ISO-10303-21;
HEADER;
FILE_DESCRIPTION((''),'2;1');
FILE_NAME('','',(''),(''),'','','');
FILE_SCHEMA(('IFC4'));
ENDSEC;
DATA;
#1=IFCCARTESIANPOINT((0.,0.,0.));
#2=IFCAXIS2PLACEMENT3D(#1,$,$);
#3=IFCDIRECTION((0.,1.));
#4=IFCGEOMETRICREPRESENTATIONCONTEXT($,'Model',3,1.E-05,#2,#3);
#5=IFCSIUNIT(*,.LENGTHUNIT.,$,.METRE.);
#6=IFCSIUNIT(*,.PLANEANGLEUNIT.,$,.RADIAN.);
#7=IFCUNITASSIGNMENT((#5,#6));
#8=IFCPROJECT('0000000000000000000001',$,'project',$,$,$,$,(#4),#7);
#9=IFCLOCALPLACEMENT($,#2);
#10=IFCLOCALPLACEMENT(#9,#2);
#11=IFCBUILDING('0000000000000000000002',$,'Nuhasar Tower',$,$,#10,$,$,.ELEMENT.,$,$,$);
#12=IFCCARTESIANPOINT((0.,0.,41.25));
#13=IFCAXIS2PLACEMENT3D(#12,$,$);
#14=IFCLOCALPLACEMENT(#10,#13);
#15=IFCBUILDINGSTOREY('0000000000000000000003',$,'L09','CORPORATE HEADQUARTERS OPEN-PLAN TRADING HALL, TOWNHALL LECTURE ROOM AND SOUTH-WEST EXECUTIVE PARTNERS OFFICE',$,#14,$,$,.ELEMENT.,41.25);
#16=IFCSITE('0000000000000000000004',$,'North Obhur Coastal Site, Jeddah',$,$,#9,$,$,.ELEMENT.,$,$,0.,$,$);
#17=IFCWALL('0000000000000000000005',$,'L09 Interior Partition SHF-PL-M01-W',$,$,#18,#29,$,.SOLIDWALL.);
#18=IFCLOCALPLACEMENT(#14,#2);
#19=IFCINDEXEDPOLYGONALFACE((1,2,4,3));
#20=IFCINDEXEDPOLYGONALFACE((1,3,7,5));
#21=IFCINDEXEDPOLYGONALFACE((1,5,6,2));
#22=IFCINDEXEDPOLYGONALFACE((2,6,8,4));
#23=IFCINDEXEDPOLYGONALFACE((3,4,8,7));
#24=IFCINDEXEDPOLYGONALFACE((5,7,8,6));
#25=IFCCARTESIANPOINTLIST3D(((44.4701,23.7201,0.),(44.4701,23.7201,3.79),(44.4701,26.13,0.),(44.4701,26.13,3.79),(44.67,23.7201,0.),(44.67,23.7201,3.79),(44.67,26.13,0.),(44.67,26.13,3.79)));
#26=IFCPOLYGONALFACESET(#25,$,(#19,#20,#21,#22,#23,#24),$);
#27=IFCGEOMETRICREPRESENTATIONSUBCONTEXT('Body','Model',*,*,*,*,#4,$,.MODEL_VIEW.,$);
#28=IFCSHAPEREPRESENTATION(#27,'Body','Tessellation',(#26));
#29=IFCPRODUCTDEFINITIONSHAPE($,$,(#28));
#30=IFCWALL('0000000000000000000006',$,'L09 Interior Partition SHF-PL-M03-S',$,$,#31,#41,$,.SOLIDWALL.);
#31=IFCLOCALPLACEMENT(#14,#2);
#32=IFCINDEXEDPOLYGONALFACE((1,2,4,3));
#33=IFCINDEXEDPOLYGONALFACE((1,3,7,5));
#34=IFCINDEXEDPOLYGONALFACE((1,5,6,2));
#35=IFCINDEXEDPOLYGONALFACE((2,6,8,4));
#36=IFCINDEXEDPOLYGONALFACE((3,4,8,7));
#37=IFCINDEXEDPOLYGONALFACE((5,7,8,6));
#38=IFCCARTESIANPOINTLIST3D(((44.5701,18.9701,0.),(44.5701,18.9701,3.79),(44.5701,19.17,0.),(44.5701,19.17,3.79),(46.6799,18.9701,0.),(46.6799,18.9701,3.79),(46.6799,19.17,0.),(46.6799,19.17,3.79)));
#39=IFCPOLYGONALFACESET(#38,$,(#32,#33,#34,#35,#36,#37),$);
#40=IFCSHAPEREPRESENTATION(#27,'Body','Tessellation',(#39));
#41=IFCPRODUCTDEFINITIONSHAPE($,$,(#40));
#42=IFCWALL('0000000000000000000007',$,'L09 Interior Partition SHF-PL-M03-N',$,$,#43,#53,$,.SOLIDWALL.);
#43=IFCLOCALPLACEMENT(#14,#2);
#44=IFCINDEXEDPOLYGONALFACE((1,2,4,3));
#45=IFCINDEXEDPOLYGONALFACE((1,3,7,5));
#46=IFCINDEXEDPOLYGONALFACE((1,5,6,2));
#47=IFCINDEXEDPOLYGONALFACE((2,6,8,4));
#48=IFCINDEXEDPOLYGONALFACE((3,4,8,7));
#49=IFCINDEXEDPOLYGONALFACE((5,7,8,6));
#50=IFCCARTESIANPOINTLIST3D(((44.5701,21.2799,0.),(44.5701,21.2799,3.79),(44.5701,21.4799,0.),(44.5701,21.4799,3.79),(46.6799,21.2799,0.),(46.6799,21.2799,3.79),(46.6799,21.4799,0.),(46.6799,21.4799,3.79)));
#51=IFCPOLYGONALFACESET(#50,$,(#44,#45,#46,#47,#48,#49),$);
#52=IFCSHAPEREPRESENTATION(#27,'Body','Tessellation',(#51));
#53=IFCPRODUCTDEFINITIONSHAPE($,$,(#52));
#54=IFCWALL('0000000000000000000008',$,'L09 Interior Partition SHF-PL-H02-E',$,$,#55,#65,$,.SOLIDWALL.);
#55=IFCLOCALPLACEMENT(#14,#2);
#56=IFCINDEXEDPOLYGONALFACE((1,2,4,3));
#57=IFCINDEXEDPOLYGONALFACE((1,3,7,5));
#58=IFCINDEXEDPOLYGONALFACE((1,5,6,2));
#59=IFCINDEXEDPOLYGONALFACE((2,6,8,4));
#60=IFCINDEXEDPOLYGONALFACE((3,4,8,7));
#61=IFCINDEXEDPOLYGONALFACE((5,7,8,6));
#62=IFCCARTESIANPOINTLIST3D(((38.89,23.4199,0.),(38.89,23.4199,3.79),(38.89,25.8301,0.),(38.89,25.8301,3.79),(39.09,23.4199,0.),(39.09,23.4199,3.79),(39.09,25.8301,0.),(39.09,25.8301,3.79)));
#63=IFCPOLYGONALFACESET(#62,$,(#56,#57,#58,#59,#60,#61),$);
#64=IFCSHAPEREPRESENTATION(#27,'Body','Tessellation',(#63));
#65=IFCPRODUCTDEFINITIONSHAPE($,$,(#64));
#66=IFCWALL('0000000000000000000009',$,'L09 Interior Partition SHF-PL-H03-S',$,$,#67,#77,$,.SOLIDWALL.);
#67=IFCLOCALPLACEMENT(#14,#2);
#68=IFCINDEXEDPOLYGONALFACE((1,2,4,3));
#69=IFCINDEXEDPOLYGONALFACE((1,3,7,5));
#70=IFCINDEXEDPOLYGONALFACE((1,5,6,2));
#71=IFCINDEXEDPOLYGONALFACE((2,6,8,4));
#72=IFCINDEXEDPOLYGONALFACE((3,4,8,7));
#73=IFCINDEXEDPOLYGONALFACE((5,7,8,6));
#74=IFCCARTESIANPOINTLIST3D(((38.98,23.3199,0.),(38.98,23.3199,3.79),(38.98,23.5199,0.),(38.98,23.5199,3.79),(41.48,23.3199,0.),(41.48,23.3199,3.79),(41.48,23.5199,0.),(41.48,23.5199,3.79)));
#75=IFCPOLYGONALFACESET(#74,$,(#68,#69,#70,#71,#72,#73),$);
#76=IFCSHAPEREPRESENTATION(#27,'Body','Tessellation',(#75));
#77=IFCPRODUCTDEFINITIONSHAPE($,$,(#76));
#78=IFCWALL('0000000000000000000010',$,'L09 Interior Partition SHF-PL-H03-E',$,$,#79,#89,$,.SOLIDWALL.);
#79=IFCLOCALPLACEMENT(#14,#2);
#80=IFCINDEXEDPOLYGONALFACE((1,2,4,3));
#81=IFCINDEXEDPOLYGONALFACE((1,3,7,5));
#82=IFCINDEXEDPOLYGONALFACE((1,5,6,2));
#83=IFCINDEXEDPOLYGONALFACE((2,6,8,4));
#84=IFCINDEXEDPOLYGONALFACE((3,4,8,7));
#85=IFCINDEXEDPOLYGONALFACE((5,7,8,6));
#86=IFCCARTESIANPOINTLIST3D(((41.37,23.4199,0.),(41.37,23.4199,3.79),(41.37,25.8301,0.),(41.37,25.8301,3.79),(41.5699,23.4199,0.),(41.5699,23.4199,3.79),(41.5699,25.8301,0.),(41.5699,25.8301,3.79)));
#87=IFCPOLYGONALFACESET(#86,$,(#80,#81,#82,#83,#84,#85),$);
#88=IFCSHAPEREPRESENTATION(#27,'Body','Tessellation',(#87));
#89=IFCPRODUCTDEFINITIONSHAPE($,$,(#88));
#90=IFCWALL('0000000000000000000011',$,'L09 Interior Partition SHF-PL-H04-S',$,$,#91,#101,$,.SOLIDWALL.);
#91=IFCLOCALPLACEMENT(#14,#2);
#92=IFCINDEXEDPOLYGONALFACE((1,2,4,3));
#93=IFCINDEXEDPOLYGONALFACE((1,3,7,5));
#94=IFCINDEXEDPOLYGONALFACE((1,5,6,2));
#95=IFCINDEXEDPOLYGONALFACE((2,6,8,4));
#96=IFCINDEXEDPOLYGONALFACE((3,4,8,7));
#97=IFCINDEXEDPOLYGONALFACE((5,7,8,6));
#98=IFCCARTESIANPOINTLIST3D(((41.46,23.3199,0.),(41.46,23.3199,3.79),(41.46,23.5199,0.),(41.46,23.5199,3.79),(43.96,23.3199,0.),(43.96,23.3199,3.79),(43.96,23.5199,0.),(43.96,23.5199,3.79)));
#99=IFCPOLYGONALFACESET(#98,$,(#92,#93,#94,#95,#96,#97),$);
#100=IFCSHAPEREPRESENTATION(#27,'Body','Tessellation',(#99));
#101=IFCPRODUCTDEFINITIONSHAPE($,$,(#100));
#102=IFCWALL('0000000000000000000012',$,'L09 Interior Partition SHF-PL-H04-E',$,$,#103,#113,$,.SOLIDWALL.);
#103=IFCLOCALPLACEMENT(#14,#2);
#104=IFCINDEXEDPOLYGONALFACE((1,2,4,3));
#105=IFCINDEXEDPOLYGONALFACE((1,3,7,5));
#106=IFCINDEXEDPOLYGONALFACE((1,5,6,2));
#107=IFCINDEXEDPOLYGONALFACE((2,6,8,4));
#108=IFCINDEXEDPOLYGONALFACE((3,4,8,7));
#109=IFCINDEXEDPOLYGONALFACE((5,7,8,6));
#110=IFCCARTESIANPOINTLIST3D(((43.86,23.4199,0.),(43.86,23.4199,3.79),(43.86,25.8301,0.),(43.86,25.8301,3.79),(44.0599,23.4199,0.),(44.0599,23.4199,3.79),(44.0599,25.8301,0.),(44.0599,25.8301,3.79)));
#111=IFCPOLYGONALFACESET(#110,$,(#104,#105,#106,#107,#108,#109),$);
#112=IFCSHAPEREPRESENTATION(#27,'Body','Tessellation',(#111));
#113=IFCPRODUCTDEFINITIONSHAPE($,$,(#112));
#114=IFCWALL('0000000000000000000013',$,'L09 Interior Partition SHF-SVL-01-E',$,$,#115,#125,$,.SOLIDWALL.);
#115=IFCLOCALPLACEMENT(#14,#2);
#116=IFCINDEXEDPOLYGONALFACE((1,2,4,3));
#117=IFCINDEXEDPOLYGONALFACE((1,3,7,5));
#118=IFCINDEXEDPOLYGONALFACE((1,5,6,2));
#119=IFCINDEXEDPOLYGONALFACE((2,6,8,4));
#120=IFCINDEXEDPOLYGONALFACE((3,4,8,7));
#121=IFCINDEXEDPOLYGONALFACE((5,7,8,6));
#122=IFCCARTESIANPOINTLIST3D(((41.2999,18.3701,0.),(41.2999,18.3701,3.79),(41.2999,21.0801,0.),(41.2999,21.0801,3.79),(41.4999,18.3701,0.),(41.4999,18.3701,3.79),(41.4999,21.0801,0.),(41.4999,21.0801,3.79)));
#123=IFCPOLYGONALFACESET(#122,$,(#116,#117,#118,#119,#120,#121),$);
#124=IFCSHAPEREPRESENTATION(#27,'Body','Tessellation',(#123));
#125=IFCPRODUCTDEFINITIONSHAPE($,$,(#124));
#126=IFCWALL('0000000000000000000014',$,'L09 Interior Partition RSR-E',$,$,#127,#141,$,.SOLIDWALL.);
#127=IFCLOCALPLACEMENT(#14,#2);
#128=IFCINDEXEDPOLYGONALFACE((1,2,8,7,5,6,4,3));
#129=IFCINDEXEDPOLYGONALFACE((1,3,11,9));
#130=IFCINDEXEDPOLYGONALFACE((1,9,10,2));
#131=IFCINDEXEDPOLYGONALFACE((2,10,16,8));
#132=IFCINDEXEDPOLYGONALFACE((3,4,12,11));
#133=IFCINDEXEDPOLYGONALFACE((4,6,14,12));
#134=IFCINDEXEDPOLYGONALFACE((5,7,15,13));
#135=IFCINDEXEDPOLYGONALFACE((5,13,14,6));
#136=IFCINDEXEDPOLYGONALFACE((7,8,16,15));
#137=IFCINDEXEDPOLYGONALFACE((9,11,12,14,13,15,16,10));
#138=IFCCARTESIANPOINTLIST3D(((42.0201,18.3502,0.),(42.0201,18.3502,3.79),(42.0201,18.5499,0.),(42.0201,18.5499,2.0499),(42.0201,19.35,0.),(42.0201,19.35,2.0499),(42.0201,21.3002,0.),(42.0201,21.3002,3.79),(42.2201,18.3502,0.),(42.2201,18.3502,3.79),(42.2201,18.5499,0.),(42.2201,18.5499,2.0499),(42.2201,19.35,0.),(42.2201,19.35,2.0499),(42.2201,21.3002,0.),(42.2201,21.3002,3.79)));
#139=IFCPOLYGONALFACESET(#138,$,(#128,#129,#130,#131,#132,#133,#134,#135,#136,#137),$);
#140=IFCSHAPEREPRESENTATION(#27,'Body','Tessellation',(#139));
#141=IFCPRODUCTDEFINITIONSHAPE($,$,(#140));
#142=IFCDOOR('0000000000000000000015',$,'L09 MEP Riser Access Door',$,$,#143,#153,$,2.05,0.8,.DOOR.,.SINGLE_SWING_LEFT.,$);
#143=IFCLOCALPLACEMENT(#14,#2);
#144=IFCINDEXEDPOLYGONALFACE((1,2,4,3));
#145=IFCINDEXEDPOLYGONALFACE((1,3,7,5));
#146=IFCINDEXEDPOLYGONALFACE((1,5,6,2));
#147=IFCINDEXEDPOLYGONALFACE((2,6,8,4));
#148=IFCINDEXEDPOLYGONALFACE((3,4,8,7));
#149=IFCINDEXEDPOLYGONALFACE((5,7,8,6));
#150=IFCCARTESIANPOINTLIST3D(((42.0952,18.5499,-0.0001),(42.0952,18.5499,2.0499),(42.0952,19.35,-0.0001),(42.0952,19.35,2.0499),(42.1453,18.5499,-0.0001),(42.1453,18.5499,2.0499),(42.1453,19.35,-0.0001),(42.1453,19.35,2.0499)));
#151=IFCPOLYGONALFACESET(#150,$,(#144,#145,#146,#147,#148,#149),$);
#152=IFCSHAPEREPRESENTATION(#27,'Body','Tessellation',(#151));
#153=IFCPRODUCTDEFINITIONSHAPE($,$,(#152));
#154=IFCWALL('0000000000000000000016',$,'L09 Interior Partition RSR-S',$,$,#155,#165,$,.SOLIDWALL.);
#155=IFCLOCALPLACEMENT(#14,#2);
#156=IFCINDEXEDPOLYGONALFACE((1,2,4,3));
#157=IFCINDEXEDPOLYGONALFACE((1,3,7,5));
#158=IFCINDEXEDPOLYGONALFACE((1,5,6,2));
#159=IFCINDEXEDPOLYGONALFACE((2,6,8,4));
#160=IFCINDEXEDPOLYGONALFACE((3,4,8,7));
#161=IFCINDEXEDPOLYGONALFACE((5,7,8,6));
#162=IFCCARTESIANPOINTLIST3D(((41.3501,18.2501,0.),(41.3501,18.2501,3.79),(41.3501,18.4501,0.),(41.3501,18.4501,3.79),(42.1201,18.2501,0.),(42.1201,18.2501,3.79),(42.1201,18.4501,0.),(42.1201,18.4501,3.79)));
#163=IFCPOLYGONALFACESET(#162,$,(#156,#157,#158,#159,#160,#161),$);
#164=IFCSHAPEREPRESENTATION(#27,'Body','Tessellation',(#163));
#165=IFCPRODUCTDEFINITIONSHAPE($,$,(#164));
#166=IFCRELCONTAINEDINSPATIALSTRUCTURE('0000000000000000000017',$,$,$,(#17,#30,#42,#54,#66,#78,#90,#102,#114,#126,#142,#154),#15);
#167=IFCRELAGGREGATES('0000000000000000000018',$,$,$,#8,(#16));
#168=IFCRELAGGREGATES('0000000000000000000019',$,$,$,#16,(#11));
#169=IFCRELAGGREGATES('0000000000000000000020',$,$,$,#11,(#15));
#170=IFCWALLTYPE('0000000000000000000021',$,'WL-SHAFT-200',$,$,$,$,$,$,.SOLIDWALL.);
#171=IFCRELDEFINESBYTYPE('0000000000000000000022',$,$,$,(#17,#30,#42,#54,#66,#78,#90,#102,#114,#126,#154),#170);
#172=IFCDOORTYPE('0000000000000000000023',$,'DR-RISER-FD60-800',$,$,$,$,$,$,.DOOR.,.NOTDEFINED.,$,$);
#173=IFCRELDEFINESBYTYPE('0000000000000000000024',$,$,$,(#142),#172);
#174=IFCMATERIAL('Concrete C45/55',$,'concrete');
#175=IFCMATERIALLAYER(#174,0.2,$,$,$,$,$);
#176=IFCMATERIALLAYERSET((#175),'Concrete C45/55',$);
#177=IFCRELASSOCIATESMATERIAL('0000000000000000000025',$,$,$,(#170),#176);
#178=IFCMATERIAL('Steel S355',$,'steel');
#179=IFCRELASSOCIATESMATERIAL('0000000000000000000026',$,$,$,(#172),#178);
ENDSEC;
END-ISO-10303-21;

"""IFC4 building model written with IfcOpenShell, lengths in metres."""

from ifc_helpers import new_model, si_unit, direction, frame, frame_2d, origin, place, context, subcontext, project, spatial, rectangle, extrude, material, layer, layer_set, type_object, element, fill, save


model = new_model("IFC4")

# Units and contexts
model_context = context("Model", 3, precision=1e-05, world=origin(), true_north=direction((0.0, 1.0)))
body_context = subcontext(model_context, "Body", "Model", "MODEL_VIEW")
ifc_project = project(units=[si_unit("LENGTHUNIT", "METRE"), si_unit("PLANEANGLEUNIT", "RADIAN")], contexts=[model_context])

# Site, building, storey
site_placement = place(None, origin())
site = spatial("IfcSite", under=ifc_project, at=site_placement, Name="North Obhur Coastal Site, Jeddah", CompositionType="ELEMENT", RefElevation=0.0)
building_placement = place(site_placement, origin())
building = spatial("IfcBuilding", under=site, at=building_placement, Name="Nuhasar Tower", CompositionType="ELEMENT")
storey_placement = place(building_placement, frame((0.0, 0.0, 41.25)))
storey = spatial("IfcBuildingStorey", under=building, at=storey_placement, Name="L09", Description="CORPORATE HEADQUARTERS OPEN-PLAN TRADING HALL, TOWNHALL LECTURE ROOM AND SOUTH-WEST EXECUTIVE PARTNERS OFFICE", CompositionType="ELEMENT", Elevation=41.25)

# Shared definitions
ifc_material_1 = material(Name="Steel S355", Category="steel")

# Shared definitions
ifc_material_2 = material(Name="Concrete C45/55", Category="concrete")

# Walls
ifc_layer_1 = layer(ifc_material_2, 0.2)
ifc_layer_set_1 = layer_set([ifc_layer_1], Name="Concrete C45/55")
wall_type_1 = type_object("IfcWallType", Name="WL-SHAFT-200", PredefinedType="SOLIDWALL", material=ifc_layer_set_1)
wall_1_placement = place(storey_placement, frame((44.5701, 23.72, 0.0), z_axis=(0.0, 0.0, 1.0), x_axis=(0.0, 1.0, 0.0)))
element("IfcWall", 1, at=wall_1_placement, inside=storey, type_object=wall_type_1, Name="L09 Interior Partition SHF-PL-M01-W", PredefinedType="SOLIDWALL", context=body_context, shape_type="SweptSolid", body=[
    extrude(rectangle(XDim=2.4099, YDim=0.2, at=frame_2d((1.2051, 0.0))), origin(), (0.0, 0.0, 1.0), 3.79),
])
for number, where, z_axis, x_axis, name in (
    (2, (44.5701, 19.0701, 0.0), (0.0, 0.0, 1.0), (1.0, 0.0, 0.0), "L09 Interior Partition SHF-PL-M03-S"),
    (3, (44.5701, 21.3799, 0.0), (0.0, 0.0, 1.0), (1.0, 0.0, 0.0), "L09 Interior Partition SHF-PL-M03-N"),
):
    element("IfcWall", number, at=place(storey_placement, frame(where, z_axis=z_axis, x_axis=x_axis)), inside=storey, type_object=wall_type_1, Name=name, PredefinedType="SOLIDWALL", context=body_context, shape_type="SweptSolid", body=[
        extrude(rectangle(XDim=2.1099, YDim=0.2, at=frame_2d((1.0549, 0.0))), origin(), (0.0, 0.0, 1.0), 3.79),
    ])
wall_2_placement = place(storey_placement, frame((38.99, 23.4199, 0.0), z_axis=(0.0, 0.0, 1.0), x_axis=(0.0, 1.0, 0.0)))
element("IfcWall", 4, at=wall_2_placement, inside=storey, type_object=wall_type_1, Name="L09 Interior Partition SHF-PL-H02-E", PredefinedType="SOLIDWALL", context=body_context, shape_type="SweptSolid", body=[
    extrude(rectangle(XDim=2.4102, YDim=0.2, at=frame_2d((1.2051, 0.0))), origin(), (0.0, 0.0, 1.0), 3.79),
])
wall_3_placement = place(storey_placement, frame((38.98, 23.4199, 0.0), z_axis=(0.0, 0.0, 1.0), x_axis=(1.0, 0.0, 0.0)))
element("IfcWall", 5, at=wall_3_placement, inside=storey, type_object=wall_type_1, Name="L09 Interior Partition SHF-PL-H03-S", PredefinedType="SOLIDWALL", context=body_context, shape_type="SweptSolid", body=[
    extrude(rectangle(XDim=2.5, YDim=0.2, at=frame_2d((1.25, 0.0))), origin(), (0.0, 0.0, 1.0), 3.79),
])
wall_4_placement = place(storey_placement, frame((41.47, 23.4199, 0.0), z_axis=(0.0, 0.0, 1.0), x_axis=(0.0, 1.0, 0.0)))
element("IfcWall", 6, at=wall_4_placement, inside=storey, type_object=wall_type_1, Name="L09 Interior Partition SHF-PL-H03-E", PredefinedType="SOLIDWALL", context=body_context, shape_type="SweptSolid", body=[
    extrude(rectangle(XDim=2.4102, YDim=0.2, at=frame_2d((1.2051, 0.0))), origin(), (0.0, 0.0, 1.0), 3.79),
])
wall_5_placement = place(storey_placement, frame((41.46, 23.4199, 0.0), z_axis=(0.0, 0.0, 1.0), x_axis=(1.0, 0.0, 0.0)))
element("IfcWall", 7, at=wall_5_placement, inside=storey, type_object=wall_type_1, Name="L09 Interior Partition SHF-PL-H04-S", PredefinedType="SOLIDWALL", context=body_context, shape_type="SweptSolid", body=[
    extrude(rectangle(XDim=2.5, YDim=0.2, at=frame_2d((1.25, 0.0))), origin(), (0.0, 0.0, 1.0), 3.79),
])
wall_6_placement = place(storey_placement, frame((43.96, 23.4199, 0.0), z_axis=(0.0, 0.0, 1.0), x_axis=(0.0, 1.0, 0.0)))
element("IfcWall", 8, at=wall_6_placement, inside=storey, type_object=wall_type_1, Name="L09 Interior Partition SHF-PL-H04-E", PredefinedType="SOLIDWALL", context=body_context, shape_type="SweptSolid", body=[
    extrude(rectangle(XDim=2.4102, YDim=0.2, at=frame_2d((1.2051, 0.0))), origin(), (0.0, 0.0, 1.0), 3.79),
])
wall_7_placement = place(storey_placement, frame((41.3999, 18.3701, 0.0), z_axis=(0.0, 0.0, 1.0), x_axis=(0.0, 1.0, 0.0)))
element("IfcWall", 9, at=wall_7_placement, inside=storey, type_object=wall_type_1, Name="L09 Interior Partition SHF-SVL-01-E", PredefinedType="SOLIDWALL", context=body_context, shape_type="SweptSolid", body=[
    extrude(rectangle(XDim=2.71, YDim=0.2, at=frame_2d((1.355, 0.0))), origin(), (0.0, 0.0, 1.0), 3.79),
])

# Wall, opening, door
wall_8_placement = place(storey_placement, frame((42.1201, 18.3501, 0.0), z_axis=(0.0, 0.0, 1.0), x_axis=(0.0, 1.0, 0.0)))
wall_8 = element("IfcWall", 10, at=wall_8_placement, inside=storey, type_object=wall_type_1, Name="L09 Interior Partition RSR-E", PredefinedType="SOLIDWALL", context=body_context, shape_type="SweptSolid", body=[
    extrude(rectangle(XDim=2.95, YDim=0.2, at=frame_2d((1.4751, 0.0))), origin(), (0.0, 0.0, 1.0), 3.79),
])
opening_1_placement = place(wall_8_placement, frame((0.2, 0.0, 0.0)))
opening_1 = element("IfcOpeningElement", 11, at=opening_1_placement, cuts=wall_8, PredefinedType="OPENING", context=body_context, shape_type="SweptSolid", body=[
    extrude(rectangle(XDim=0.8, YDim=2.05, at=frame_2d((0.3999, 1.0249))), frame((0.0, 0.1099, 0.0), z_axis=(0.0, -1.0, 0.0), x_axis=(1.0, 0.0, 0.0)), (0.0, 0.0, 1.0), 0.22),
])
door_type_1 = type_object("IfcDoorType", Name="DR-RISER-FD60-800", OperationType="NOTDEFINED", PredefinedType="DOOR", material=ifc_material_1)
door_1_placement = place(opening_1_placement, origin())
door_1 = element("IfcDoor", 12, at=door_1_placement, inside=storey, type_object=door_type_1, Name="L09 MEP Riser Access Door", OperationType="SINGLE_SWING_LEFT", OverallHeight=2.05, OverallWidth=0.8, PredefinedType="DOOR", context=body_context, shape_type="SweptSolid", body=[
    extrude(rectangle(XDim=0.8, YDim=2.05, at=frame_2d((0.3999, 1.0249))), frame((0.0, 0.0249, 0.0), z_axis=(0.0, -1.0, 0.0), x_axis=(1.0, 0.0, 0.0)), (0.0, 0.0, 1.0), 0.05),
])
fill(opening_1, door_1)

# Wall
wall_9_placement = place(storey_placement, frame((41.3501, 18.3501, 0.0), z_axis=(0.0, 0.0, 1.0), x_axis=(1.0, 0.0, 0.0)))
element("IfcWall", 13, at=wall_9_placement, inside=storey, type_object=wall_type_1, Name="L09 Interior Partition RSR-S", PredefinedType="SOLIDWALL", context=body_context, shape_type="SweptSolid", body=[
    extrude(rectangle(XDim=0.77, YDim=0.2, at=frame_2d((0.385, 0.0))), origin(), (0.0, 0.0, 1.0), 3.79),
])

save(model, "model.ifc")
